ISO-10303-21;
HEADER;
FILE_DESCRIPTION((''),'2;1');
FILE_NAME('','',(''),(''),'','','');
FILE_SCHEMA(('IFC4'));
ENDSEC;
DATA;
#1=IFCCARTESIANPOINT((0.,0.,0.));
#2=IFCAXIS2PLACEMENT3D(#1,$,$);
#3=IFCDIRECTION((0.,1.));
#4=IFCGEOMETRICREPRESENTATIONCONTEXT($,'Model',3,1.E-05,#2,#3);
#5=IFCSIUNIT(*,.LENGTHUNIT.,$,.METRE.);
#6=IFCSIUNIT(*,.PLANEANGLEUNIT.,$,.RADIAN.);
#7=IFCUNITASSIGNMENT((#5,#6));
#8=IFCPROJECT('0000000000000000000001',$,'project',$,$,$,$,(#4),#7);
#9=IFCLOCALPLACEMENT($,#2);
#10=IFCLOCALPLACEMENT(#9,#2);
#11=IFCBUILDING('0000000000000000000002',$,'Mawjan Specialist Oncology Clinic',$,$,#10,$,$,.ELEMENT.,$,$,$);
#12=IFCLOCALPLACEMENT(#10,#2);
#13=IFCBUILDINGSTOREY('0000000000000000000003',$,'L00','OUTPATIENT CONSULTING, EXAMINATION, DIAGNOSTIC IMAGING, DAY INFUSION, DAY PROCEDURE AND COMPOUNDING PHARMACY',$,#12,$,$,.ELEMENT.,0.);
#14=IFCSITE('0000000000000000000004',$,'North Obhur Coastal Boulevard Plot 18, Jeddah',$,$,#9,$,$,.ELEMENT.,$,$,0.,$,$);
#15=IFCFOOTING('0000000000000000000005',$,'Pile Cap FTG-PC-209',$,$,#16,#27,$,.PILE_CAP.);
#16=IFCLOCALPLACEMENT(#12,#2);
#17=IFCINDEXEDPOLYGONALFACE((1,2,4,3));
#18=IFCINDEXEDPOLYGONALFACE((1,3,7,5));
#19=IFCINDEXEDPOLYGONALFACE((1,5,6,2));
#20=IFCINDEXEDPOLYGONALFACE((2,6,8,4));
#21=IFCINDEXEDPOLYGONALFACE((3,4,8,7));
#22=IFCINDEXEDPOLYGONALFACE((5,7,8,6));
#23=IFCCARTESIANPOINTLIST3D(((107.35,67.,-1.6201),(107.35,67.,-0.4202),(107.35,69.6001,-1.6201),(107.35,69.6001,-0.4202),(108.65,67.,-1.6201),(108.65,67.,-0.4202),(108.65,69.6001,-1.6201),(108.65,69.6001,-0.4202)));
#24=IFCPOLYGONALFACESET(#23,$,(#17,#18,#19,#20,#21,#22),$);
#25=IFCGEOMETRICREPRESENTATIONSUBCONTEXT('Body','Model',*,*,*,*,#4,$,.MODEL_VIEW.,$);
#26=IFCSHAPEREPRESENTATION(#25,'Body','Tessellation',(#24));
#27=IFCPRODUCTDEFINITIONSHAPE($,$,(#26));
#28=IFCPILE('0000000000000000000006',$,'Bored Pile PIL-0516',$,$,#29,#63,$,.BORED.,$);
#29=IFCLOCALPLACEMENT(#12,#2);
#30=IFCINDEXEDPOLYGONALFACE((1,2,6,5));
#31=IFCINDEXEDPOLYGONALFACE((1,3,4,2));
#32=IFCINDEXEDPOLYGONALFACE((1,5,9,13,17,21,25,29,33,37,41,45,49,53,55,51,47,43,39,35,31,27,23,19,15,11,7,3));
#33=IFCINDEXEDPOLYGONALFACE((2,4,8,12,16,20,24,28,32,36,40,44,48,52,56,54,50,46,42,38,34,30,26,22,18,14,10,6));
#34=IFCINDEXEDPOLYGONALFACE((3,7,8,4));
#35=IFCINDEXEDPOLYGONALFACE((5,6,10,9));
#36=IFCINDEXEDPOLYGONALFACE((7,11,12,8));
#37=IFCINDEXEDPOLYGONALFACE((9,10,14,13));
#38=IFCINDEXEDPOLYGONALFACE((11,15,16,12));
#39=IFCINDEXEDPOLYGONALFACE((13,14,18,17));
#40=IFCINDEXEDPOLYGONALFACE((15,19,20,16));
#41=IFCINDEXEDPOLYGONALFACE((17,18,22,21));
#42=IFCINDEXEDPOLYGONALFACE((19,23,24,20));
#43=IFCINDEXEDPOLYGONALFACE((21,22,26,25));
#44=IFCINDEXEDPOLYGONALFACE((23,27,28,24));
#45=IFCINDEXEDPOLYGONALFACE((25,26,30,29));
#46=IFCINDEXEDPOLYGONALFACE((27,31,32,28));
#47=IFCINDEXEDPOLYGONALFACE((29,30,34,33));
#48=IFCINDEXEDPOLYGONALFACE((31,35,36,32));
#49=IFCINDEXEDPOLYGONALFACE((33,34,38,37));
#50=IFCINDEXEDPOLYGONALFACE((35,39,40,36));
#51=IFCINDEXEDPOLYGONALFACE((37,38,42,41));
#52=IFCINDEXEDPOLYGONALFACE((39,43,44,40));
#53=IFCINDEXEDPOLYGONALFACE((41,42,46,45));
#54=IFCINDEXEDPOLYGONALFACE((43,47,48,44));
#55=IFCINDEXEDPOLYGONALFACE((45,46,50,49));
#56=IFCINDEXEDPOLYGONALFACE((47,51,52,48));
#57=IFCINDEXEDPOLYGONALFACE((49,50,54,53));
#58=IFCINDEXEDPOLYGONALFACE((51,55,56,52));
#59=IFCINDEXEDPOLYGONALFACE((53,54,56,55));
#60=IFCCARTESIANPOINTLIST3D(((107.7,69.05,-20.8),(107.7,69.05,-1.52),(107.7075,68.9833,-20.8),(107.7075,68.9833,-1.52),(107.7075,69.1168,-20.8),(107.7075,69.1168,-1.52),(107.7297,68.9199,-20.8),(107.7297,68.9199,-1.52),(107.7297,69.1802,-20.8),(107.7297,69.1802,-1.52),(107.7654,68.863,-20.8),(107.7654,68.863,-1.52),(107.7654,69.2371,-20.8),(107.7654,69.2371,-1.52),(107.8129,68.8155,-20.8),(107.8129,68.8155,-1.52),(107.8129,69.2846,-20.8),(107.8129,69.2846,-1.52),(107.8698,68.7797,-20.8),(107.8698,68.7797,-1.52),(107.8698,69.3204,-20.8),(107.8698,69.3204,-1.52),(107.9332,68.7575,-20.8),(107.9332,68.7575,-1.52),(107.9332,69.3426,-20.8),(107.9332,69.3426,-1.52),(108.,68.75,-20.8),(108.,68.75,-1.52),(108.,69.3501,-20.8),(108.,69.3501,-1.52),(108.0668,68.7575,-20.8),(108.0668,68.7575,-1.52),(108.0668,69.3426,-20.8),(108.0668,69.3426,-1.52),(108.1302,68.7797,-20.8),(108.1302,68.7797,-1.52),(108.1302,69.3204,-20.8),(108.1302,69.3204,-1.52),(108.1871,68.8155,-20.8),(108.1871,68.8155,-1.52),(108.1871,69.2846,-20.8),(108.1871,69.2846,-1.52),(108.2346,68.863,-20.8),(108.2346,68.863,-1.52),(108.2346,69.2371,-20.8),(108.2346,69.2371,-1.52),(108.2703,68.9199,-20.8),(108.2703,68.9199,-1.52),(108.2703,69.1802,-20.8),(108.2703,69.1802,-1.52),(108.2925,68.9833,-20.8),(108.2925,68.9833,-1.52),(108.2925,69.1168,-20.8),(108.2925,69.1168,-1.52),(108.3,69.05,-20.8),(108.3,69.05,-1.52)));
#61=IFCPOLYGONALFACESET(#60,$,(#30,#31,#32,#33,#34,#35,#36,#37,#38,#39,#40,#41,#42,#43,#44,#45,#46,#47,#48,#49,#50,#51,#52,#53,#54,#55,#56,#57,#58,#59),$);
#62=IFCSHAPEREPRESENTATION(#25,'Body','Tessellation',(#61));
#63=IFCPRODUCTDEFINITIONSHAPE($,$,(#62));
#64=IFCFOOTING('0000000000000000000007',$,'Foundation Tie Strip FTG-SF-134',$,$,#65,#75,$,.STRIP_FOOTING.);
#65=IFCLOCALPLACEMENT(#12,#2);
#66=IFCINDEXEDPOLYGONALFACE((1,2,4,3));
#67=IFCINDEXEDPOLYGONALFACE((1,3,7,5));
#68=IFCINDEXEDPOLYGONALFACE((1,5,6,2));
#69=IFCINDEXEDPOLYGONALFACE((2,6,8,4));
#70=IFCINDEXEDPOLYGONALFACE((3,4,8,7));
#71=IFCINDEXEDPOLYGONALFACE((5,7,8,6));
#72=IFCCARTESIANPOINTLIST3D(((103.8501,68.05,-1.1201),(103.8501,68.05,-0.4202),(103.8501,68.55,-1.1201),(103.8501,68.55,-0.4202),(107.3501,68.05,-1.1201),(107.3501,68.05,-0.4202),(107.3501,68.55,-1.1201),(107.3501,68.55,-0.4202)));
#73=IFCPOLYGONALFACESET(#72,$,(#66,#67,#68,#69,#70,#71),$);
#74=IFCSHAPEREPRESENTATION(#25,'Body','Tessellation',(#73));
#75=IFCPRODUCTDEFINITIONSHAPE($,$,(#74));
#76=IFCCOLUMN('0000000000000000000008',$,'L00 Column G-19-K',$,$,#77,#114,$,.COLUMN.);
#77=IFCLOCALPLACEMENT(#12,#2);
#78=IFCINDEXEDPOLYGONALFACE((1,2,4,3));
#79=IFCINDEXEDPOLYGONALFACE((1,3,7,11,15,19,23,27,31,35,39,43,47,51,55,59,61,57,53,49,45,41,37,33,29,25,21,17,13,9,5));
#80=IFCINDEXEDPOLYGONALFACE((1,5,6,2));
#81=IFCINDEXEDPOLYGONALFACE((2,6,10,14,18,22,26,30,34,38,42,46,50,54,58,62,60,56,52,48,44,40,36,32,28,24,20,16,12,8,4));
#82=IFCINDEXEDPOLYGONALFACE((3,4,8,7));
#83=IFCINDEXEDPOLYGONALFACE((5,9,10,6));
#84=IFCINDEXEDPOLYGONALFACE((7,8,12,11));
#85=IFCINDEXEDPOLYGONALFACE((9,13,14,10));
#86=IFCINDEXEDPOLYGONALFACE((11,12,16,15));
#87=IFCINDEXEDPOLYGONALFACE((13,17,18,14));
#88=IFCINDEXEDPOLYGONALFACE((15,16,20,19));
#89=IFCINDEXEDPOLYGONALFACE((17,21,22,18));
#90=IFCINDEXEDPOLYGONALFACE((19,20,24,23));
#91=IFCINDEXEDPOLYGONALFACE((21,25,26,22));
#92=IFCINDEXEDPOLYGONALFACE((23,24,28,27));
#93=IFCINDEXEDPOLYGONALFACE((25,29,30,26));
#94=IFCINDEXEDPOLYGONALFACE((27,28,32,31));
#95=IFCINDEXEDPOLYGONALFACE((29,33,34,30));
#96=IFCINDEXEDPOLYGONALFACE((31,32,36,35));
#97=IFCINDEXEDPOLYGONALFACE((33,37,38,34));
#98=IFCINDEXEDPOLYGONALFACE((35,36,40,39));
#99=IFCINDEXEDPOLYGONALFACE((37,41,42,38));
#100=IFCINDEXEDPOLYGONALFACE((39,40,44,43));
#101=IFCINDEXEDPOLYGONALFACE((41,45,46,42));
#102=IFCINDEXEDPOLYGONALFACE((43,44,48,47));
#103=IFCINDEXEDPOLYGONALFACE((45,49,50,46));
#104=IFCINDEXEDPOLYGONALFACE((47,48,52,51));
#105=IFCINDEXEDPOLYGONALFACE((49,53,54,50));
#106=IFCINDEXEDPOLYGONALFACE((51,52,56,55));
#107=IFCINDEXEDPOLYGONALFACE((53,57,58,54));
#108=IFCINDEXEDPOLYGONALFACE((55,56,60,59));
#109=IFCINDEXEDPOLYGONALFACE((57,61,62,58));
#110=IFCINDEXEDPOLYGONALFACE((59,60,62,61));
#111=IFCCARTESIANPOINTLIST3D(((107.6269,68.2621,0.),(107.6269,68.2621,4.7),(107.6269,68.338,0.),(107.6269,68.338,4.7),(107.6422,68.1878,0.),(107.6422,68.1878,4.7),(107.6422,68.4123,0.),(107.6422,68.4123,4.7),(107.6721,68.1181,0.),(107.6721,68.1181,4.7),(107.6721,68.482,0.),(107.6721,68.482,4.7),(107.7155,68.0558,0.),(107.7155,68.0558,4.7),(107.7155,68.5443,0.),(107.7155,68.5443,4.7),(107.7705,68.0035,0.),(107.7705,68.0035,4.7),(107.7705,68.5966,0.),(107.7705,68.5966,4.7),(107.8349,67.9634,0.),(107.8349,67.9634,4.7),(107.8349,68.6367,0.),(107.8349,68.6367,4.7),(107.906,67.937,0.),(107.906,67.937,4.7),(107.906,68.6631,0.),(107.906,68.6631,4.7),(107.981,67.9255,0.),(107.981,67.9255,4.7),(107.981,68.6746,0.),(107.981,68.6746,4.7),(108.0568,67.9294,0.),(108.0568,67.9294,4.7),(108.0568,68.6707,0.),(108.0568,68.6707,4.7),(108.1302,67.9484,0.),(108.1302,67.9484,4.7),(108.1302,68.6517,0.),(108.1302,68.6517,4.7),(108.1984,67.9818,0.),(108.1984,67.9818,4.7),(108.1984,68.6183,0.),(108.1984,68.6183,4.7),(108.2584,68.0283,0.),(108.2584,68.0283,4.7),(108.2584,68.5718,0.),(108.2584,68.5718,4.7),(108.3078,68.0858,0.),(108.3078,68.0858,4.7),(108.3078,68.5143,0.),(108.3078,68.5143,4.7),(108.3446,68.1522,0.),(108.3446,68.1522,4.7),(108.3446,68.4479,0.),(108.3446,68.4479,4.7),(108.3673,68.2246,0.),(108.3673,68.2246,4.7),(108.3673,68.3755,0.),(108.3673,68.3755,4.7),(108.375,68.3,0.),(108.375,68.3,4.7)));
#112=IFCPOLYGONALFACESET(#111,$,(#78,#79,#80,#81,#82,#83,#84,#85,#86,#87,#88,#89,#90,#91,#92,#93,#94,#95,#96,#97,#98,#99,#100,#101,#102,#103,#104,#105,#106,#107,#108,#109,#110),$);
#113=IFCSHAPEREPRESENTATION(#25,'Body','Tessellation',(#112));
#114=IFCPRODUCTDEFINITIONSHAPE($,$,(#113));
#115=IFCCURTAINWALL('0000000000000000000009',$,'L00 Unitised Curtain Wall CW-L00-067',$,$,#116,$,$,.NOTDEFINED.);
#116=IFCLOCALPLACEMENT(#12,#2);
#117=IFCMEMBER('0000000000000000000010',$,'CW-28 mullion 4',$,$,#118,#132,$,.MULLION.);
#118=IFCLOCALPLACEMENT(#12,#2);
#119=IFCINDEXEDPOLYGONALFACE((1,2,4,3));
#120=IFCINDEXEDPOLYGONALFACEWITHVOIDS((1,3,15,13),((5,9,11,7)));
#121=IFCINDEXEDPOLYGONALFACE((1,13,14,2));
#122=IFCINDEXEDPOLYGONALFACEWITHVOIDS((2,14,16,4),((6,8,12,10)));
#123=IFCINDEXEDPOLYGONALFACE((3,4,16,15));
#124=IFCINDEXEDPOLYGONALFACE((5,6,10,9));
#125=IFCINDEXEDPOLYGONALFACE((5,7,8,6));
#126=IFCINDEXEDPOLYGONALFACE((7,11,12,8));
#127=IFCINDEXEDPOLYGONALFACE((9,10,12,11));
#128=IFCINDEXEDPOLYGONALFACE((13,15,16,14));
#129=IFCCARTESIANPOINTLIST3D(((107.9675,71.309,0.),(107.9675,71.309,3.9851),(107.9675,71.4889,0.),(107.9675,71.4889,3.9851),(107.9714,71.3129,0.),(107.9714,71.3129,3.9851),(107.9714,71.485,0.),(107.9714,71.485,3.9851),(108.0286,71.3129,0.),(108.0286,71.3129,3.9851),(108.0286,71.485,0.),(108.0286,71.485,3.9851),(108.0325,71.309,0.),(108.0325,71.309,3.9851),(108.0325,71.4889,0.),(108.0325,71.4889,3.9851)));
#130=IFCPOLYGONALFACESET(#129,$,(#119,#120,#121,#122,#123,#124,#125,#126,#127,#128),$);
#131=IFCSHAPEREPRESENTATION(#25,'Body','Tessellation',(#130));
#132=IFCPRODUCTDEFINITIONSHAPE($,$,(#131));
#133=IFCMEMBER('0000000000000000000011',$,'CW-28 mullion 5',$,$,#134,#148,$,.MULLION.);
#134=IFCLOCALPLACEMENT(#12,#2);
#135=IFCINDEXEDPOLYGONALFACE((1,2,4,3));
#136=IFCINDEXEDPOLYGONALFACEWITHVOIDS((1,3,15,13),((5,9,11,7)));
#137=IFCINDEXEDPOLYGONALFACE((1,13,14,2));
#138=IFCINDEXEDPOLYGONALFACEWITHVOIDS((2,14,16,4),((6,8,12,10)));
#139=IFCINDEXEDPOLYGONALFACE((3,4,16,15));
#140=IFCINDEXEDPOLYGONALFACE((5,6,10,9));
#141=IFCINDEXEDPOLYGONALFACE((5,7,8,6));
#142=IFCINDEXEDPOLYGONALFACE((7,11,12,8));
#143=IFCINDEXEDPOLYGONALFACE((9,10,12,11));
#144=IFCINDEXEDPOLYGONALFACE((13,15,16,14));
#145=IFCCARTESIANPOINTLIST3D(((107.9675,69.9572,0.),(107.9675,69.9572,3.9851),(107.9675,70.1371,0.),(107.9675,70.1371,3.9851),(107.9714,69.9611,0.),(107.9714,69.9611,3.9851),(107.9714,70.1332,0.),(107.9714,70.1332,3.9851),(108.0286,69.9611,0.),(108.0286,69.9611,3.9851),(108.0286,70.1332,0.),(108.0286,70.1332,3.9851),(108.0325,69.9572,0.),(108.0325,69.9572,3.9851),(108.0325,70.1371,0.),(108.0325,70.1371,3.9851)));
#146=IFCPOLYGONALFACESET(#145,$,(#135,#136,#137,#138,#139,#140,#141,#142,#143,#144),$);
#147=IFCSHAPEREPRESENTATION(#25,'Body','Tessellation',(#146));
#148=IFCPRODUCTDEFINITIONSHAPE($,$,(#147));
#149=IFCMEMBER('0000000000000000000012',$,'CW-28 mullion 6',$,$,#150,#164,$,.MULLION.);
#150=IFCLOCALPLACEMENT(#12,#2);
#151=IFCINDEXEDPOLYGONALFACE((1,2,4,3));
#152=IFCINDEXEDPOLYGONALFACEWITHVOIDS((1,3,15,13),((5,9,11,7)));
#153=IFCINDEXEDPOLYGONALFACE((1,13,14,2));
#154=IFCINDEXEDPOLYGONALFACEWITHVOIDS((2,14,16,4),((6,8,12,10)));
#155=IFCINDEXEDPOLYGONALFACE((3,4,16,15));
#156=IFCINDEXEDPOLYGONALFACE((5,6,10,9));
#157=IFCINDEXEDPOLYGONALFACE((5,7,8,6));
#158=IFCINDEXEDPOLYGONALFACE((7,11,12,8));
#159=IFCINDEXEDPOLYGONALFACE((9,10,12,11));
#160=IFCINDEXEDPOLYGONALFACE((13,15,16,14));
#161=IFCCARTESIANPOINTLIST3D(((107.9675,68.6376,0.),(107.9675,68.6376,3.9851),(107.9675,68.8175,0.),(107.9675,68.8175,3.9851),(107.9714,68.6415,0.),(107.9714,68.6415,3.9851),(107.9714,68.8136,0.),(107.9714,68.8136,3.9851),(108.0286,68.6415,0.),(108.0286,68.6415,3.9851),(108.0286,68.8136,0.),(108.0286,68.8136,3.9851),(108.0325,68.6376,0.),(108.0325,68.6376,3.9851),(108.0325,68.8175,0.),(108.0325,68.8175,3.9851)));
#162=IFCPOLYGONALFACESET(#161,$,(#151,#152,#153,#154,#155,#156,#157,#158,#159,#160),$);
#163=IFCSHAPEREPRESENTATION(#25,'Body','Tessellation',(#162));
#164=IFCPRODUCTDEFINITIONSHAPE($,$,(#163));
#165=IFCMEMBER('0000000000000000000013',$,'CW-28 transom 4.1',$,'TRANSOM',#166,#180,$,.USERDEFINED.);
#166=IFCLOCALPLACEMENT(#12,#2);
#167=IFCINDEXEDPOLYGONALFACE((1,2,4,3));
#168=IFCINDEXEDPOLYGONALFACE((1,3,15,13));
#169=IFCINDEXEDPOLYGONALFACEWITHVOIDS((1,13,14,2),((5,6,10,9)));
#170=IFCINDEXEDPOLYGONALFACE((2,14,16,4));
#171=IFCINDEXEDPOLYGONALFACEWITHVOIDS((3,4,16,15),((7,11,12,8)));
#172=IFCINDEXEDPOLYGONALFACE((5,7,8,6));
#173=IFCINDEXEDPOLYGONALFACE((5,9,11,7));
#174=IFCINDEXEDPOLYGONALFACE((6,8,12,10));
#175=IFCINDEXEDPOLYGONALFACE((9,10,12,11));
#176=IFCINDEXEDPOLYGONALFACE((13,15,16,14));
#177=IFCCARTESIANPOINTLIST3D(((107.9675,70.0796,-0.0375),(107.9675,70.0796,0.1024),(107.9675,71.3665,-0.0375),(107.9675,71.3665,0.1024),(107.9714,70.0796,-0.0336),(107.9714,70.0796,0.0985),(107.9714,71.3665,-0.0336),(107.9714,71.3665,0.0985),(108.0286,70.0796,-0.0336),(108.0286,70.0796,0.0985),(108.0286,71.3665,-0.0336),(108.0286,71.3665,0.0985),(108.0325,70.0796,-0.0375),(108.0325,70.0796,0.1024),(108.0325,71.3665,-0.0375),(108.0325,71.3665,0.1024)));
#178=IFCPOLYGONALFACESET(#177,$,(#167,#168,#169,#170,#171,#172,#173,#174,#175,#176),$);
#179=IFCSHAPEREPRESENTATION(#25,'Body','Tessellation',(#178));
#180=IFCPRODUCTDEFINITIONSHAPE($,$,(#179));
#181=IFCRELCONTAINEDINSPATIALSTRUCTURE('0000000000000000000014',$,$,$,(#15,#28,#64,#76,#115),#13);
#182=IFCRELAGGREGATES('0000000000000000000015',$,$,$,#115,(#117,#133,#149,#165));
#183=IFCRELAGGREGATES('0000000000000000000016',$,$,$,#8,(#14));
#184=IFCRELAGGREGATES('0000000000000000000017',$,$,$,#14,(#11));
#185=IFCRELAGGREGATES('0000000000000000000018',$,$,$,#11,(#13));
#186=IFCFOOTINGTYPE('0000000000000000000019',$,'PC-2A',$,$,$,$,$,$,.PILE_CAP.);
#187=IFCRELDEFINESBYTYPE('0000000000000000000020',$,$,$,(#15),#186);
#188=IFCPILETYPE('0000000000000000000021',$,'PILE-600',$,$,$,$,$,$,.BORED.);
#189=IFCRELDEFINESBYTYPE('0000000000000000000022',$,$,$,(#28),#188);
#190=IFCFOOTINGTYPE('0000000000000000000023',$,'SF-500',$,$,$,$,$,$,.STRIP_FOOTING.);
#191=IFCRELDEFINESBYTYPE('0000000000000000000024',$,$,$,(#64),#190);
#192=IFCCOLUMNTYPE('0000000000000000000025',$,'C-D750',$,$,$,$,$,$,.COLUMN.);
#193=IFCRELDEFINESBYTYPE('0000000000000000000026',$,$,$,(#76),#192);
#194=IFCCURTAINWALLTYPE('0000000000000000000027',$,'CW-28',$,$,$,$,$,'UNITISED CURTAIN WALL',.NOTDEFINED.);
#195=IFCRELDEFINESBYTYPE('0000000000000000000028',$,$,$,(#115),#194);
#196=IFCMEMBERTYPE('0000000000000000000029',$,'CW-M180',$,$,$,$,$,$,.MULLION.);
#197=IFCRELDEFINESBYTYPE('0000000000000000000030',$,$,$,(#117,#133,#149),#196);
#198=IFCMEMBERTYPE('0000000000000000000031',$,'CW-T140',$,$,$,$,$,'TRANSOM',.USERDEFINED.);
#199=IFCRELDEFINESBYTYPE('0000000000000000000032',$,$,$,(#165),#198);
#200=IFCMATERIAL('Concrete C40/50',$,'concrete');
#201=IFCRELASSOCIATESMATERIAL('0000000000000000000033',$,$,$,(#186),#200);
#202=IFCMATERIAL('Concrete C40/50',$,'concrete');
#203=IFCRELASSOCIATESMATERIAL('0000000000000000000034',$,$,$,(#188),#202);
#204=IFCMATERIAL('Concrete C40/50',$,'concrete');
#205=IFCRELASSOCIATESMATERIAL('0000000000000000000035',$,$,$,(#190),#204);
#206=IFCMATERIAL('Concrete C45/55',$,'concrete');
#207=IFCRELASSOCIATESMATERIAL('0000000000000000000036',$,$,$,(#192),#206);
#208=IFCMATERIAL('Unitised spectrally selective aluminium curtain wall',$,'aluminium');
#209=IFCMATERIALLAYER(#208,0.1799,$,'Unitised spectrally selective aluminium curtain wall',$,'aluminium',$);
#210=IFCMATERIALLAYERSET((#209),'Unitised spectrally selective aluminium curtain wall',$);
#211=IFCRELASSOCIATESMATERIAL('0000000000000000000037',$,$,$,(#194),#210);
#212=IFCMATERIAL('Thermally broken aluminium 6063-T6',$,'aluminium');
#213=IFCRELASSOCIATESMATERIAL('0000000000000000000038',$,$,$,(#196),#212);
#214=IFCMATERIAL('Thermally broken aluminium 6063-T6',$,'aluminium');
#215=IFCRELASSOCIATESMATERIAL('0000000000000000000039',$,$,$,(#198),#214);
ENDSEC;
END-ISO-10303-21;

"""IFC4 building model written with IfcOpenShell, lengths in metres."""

from ifc_helpers import new_model, si_unit, direction, frame, origin, origin_2d, place, context, subcontext, project, spatial, rectangle, hollow_rectangle, circle, extrude, material, layer, layer_set, material_profile, profile_set, type_object, element, aggregate, save


model = new_model("IFC4")

# Units and contexts
model_context = context("Model", 3, precision=1e-05, world=origin(), true_north=direction((0.0, 1.0)))
body_context = subcontext(model_context, "Body", "Model", "MODEL_VIEW")
ifc_project = project(units=[si_unit("LENGTHUNIT", "METRE"), si_unit("PLANEANGLEUNIT", "RADIAN")], contexts=[model_context])

# Site, building, storey
site_placement = place(None, origin())
site = spatial("IfcSite", under=ifc_project, at=site_placement, Name="North Obhur Coastal Boulevard Plot 18, Jeddah", CompositionType="ELEMENT", RefElevation=0.0)
building_placement = place(site_placement, origin())
building = spatial("IfcBuilding", under=site, at=building_placement, Name="Mawjan Specialist Oncology Clinic", CompositionType="ELEMENT")
storey_placement = place(building_placement, origin())
storey = spatial("IfcBuildingStorey", under=building, at=storey_placement, Name="L00", Description="OUTPATIENT CONSULTING, EXAMINATION, DIAGNOSTIC IMAGING, DAY INFUSION, DAY PROCEDURE AND COMPOUNDING PHARMACY", CompositionType="ELEMENT", Elevation=0.0)

# Footing
ifc_material_1 = material(Name="Concrete C40/50", Category="concrete")
footing_type_1 = type_object("IfcFootingType", Name="PC-2A", PredefinedType="PILE_CAP", material=ifc_material_1)
footing_1_placement = place(storey_placement, frame((108.0, 68.3, -1.6201), z_axis=(0.0, 0.0, 1.0), x_axis=(0.0, 1.0, 0.0)))
element("IfcFooting", 1, at=footing_1_placement, inside=storey, type_object=footing_type_1, Name="Pile Cap FTG-PC-209", PredefinedType="PILE_CAP", context=body_context, shape_type="SweptSolid", body=[
    extrude(rectangle(XDim=2.6001, YDim=1.3, at=origin_2d()), origin(), (0.0, 0.0, 1.0), 1.2),
])

# Pile
ifc_material_2 = material(Name="Concrete C40/50", Category="concrete")
ifc_material_profile_1 = material_profile(ifc_material_2, circle(Radius=0.3, at=origin_2d()), Name="BORED PILE D600", Category="concrete")
ifc_profile_set_1 = profile_set([ifc_material_profile_1], Name="Concrete C40/50")
pile_type = type_object("IfcPileType", Name="PILE-600", PredefinedType="BORED", material=ifc_profile_set_1)
pile_placement = place(storey_placement, frame((108.0, 69.05, -1.52), z_axis=(0.0, 0.0, -1.0), x_axis=(1.0, 0.0, 0.0)))
element("IfcPile", 2, at=pile_placement, inside=storey, type_object=pile_type, Name="Bored Pile PIL-0516", PredefinedType="BORED", context=body_context, shape_type="SweptSolid", body=[
    extrude(circle(Radius=0.3, at=origin_2d()), origin(), (0.0, 0.0, 1.0), 19.28),
])

# Footing
ifc_material_3 = material(Name="Concrete C40/50", Category="concrete")
footing_type_2 = type_object("IfcFootingType", Name="SF-500", PredefinedType="STRIP_FOOTING", material=ifc_material_3)
footing_2_placement = place(storey_placement, frame((105.6001, 68.3, -1.1201), z_axis=(0.0, 0.0, 1.0), x_axis=(1.0, 0.0, 0.0)))
element("IfcFooting", 3, at=footing_2_placement, inside=storey, type_object=footing_type_2, Name="Foundation Tie Strip FTG-SF-134", PredefinedType="STRIP_FOOTING", context=body_context, shape_type="SweptSolid", body=[
    extrude(rectangle(XDim=3.5, YDim=0.5, at=origin_2d()), origin(), (0.0, 0.0, 1.0), 0.7),
])

# Column
ifc_material_4 = material(Name="Concrete C45/55", Category="concrete")
ifc_material_profile_2 = material_profile(ifc_material_4, circle(Radius=0.375, at=origin_2d()), Name="RC COL D750", Category="concrete")
ifc_profile_set_2 = profile_set([ifc_material_profile_2], Name="Concrete C45/55")
column_type = type_object("IfcColumnType", Name="C-D750", PredefinedType="COLUMN", material=ifc_profile_set_2)
column_placement = place(storey_placement, frame((108.0, 68.3, 0.0), z_axis=(0.0, 0.0, 1.0), x_axis=(1.0, 0.0, 0.0)))
element("IfcColumn", 4, at=column_placement, inside=storey, type_object=column_type, Name="L00 Column G-19-K", PredefinedType="COLUMN", context=body_context, shape_type="SweptSolid", body=[
    extrude(circle(Radius=0.375, at=origin_2d()), origin(), (0.0, 0.0, 1.0), 4.7),
])

# Curtain wall, members
ifc_material_5 = material(Name="Unitised spectrally selective aluminium curtain wall", Category="aluminium")
ifc_layer_1 = layer(ifc_material_5, 0.1799, Name="Unitised spectrally selective aluminium curtain wall", Category="aluminium")
ifc_layer_set_1 = layer_set([ifc_layer_1], Name="Unitised spectrally selective aluminium curtain wall")
curtain_wall_type = type_object("IfcCurtainWallType", Name="CW-28", ElementType="UNITISED CURTAIN WALL", PredefinedType="NOTDEFINED", material=ifc_layer_set_1)
curtain_wall_placement = place(storey_placement, origin())
curtain_wall = element("IfcCurtainWall", 5, at=curtain_wall_placement, inside=storey, type_object=curtain_wall_type, Name="L00 Unitised Curtain Wall CW-L00-067", PredefinedType="NOTDEFINED")
ifc_material_6 = material(Name="Thermally broken aluminium 6063-T6", Category="aluminium")
ifc_material_profile_3 = material_profile(ifc_material_6, hollow_rectangle(XDim=0.0649, YDim=0.1799, WallThickness=0.0039, at=origin_2d()), Name="ALU MULLION 180x65x4", Category="aluminium")
ifc_profile_set_3 = profile_set([ifc_material_profile_3], Name="Thermally broken aluminium 6063-T6")
member_type_1 = type_object("IfcMemberType", Name="CW-M180", PredefinedType="MULLION", material=ifc_profile_set_3)
member_1_placement = place(storey_placement, frame((108.0, 71.3989, 0.0), z_axis=(0.0, 0.0, 1.0), x_axis=(1.0, 0.0, 0.0)))
member_1 = element("IfcMember", 6, at=member_1_placement, type_object=member_type_1, Name="CW-28 mullion 4", PredefinedType="MULLION", context=body_context, shape_type="SweptSolid", body=[
    extrude(hollow_rectangle(XDim=0.0649, YDim=0.1799, WallThickness=0.0039, at=origin_2d()), origin(), (0.0, 0.0, 1.0), 3.9851),
])
member_2_placement = place(storey_placement, frame((108.0, 70.0471, 0.0), z_axis=(0.0, 0.0, 1.0), x_axis=(1.0, 0.0, 0.0)))
member_2 = element("IfcMember", 7, at=member_2_placement, type_object=member_type_1, Name="CW-28 mullion 5", PredefinedType="MULLION", context=body_context, shape_type="SweptSolid", body=[
    extrude(hollow_rectangle(XDim=0.0649, YDim=0.1799, WallThickness=0.0039, at=origin_2d()), origin(), (0.0, 0.0, 1.0), 3.9851),
])
member_3_placement = place(storey_placement, frame((108.0, 68.7275, 0.0), z_axis=(0.0, 0.0, 1.0), x_axis=(1.0, 0.0, 0.0)))
member_3 = element("IfcMember", 8, at=member_3_placement, type_object=member_type_1, Name="CW-28 mullion 6", PredefinedType="MULLION", context=body_context, shape_type="SweptSolid", body=[
    extrude(hollow_rectangle(XDim=0.0649, YDim=0.1799, WallThickness=0.0039, at=origin_2d()), origin(), (0.0, 0.0, 1.0), 3.9851),
])
ifc_material_7 = material(Name="Thermally broken aluminium 6063-T6", Category="aluminium")
ifc_material_profile_4 = material_profile(ifc_material_7, hollow_rectangle(XDim=0.0649, YDim=0.1399, WallThickness=0.0039, at=origin_2d()), Name="ALU TRANSOM 140x65x4", Category="aluminium")
ifc_profile_set_4 = profile_set([ifc_material_profile_4], Name="Thermally broken aluminium 6063-T6")
member_type_2 = type_object("IfcMemberType", Name="CW-T140", ElementType="TRANSOM", PredefinedType="USERDEFINED", material=ifc_profile_set_4)
member_4_placement = place(storey_placement, frame((108.0, 71.3665, 0.0325), z_axis=(0.0, -1.0, 0.0), x_axis=(1.0, 0.0, 0.0)))
member_4 = element("IfcMember", 9, at=member_4_placement, type_object=member_type_2, Name="CW-28 transom 4.1", ObjectType="TRANSOM", PredefinedType="USERDEFINED", context=body_context, shape_type="SweptSolid", body=[
    extrude(hollow_rectangle(XDim=0.0649, YDim=0.1399, WallThickness=0.0039, at=origin_2d()), origin(), (0.0, 0.0, 1.0), 1.2869),
])
aggregate(curtain_wall, [member_1, member_2, member_3, member_4])

save(model, "model.ifc")
